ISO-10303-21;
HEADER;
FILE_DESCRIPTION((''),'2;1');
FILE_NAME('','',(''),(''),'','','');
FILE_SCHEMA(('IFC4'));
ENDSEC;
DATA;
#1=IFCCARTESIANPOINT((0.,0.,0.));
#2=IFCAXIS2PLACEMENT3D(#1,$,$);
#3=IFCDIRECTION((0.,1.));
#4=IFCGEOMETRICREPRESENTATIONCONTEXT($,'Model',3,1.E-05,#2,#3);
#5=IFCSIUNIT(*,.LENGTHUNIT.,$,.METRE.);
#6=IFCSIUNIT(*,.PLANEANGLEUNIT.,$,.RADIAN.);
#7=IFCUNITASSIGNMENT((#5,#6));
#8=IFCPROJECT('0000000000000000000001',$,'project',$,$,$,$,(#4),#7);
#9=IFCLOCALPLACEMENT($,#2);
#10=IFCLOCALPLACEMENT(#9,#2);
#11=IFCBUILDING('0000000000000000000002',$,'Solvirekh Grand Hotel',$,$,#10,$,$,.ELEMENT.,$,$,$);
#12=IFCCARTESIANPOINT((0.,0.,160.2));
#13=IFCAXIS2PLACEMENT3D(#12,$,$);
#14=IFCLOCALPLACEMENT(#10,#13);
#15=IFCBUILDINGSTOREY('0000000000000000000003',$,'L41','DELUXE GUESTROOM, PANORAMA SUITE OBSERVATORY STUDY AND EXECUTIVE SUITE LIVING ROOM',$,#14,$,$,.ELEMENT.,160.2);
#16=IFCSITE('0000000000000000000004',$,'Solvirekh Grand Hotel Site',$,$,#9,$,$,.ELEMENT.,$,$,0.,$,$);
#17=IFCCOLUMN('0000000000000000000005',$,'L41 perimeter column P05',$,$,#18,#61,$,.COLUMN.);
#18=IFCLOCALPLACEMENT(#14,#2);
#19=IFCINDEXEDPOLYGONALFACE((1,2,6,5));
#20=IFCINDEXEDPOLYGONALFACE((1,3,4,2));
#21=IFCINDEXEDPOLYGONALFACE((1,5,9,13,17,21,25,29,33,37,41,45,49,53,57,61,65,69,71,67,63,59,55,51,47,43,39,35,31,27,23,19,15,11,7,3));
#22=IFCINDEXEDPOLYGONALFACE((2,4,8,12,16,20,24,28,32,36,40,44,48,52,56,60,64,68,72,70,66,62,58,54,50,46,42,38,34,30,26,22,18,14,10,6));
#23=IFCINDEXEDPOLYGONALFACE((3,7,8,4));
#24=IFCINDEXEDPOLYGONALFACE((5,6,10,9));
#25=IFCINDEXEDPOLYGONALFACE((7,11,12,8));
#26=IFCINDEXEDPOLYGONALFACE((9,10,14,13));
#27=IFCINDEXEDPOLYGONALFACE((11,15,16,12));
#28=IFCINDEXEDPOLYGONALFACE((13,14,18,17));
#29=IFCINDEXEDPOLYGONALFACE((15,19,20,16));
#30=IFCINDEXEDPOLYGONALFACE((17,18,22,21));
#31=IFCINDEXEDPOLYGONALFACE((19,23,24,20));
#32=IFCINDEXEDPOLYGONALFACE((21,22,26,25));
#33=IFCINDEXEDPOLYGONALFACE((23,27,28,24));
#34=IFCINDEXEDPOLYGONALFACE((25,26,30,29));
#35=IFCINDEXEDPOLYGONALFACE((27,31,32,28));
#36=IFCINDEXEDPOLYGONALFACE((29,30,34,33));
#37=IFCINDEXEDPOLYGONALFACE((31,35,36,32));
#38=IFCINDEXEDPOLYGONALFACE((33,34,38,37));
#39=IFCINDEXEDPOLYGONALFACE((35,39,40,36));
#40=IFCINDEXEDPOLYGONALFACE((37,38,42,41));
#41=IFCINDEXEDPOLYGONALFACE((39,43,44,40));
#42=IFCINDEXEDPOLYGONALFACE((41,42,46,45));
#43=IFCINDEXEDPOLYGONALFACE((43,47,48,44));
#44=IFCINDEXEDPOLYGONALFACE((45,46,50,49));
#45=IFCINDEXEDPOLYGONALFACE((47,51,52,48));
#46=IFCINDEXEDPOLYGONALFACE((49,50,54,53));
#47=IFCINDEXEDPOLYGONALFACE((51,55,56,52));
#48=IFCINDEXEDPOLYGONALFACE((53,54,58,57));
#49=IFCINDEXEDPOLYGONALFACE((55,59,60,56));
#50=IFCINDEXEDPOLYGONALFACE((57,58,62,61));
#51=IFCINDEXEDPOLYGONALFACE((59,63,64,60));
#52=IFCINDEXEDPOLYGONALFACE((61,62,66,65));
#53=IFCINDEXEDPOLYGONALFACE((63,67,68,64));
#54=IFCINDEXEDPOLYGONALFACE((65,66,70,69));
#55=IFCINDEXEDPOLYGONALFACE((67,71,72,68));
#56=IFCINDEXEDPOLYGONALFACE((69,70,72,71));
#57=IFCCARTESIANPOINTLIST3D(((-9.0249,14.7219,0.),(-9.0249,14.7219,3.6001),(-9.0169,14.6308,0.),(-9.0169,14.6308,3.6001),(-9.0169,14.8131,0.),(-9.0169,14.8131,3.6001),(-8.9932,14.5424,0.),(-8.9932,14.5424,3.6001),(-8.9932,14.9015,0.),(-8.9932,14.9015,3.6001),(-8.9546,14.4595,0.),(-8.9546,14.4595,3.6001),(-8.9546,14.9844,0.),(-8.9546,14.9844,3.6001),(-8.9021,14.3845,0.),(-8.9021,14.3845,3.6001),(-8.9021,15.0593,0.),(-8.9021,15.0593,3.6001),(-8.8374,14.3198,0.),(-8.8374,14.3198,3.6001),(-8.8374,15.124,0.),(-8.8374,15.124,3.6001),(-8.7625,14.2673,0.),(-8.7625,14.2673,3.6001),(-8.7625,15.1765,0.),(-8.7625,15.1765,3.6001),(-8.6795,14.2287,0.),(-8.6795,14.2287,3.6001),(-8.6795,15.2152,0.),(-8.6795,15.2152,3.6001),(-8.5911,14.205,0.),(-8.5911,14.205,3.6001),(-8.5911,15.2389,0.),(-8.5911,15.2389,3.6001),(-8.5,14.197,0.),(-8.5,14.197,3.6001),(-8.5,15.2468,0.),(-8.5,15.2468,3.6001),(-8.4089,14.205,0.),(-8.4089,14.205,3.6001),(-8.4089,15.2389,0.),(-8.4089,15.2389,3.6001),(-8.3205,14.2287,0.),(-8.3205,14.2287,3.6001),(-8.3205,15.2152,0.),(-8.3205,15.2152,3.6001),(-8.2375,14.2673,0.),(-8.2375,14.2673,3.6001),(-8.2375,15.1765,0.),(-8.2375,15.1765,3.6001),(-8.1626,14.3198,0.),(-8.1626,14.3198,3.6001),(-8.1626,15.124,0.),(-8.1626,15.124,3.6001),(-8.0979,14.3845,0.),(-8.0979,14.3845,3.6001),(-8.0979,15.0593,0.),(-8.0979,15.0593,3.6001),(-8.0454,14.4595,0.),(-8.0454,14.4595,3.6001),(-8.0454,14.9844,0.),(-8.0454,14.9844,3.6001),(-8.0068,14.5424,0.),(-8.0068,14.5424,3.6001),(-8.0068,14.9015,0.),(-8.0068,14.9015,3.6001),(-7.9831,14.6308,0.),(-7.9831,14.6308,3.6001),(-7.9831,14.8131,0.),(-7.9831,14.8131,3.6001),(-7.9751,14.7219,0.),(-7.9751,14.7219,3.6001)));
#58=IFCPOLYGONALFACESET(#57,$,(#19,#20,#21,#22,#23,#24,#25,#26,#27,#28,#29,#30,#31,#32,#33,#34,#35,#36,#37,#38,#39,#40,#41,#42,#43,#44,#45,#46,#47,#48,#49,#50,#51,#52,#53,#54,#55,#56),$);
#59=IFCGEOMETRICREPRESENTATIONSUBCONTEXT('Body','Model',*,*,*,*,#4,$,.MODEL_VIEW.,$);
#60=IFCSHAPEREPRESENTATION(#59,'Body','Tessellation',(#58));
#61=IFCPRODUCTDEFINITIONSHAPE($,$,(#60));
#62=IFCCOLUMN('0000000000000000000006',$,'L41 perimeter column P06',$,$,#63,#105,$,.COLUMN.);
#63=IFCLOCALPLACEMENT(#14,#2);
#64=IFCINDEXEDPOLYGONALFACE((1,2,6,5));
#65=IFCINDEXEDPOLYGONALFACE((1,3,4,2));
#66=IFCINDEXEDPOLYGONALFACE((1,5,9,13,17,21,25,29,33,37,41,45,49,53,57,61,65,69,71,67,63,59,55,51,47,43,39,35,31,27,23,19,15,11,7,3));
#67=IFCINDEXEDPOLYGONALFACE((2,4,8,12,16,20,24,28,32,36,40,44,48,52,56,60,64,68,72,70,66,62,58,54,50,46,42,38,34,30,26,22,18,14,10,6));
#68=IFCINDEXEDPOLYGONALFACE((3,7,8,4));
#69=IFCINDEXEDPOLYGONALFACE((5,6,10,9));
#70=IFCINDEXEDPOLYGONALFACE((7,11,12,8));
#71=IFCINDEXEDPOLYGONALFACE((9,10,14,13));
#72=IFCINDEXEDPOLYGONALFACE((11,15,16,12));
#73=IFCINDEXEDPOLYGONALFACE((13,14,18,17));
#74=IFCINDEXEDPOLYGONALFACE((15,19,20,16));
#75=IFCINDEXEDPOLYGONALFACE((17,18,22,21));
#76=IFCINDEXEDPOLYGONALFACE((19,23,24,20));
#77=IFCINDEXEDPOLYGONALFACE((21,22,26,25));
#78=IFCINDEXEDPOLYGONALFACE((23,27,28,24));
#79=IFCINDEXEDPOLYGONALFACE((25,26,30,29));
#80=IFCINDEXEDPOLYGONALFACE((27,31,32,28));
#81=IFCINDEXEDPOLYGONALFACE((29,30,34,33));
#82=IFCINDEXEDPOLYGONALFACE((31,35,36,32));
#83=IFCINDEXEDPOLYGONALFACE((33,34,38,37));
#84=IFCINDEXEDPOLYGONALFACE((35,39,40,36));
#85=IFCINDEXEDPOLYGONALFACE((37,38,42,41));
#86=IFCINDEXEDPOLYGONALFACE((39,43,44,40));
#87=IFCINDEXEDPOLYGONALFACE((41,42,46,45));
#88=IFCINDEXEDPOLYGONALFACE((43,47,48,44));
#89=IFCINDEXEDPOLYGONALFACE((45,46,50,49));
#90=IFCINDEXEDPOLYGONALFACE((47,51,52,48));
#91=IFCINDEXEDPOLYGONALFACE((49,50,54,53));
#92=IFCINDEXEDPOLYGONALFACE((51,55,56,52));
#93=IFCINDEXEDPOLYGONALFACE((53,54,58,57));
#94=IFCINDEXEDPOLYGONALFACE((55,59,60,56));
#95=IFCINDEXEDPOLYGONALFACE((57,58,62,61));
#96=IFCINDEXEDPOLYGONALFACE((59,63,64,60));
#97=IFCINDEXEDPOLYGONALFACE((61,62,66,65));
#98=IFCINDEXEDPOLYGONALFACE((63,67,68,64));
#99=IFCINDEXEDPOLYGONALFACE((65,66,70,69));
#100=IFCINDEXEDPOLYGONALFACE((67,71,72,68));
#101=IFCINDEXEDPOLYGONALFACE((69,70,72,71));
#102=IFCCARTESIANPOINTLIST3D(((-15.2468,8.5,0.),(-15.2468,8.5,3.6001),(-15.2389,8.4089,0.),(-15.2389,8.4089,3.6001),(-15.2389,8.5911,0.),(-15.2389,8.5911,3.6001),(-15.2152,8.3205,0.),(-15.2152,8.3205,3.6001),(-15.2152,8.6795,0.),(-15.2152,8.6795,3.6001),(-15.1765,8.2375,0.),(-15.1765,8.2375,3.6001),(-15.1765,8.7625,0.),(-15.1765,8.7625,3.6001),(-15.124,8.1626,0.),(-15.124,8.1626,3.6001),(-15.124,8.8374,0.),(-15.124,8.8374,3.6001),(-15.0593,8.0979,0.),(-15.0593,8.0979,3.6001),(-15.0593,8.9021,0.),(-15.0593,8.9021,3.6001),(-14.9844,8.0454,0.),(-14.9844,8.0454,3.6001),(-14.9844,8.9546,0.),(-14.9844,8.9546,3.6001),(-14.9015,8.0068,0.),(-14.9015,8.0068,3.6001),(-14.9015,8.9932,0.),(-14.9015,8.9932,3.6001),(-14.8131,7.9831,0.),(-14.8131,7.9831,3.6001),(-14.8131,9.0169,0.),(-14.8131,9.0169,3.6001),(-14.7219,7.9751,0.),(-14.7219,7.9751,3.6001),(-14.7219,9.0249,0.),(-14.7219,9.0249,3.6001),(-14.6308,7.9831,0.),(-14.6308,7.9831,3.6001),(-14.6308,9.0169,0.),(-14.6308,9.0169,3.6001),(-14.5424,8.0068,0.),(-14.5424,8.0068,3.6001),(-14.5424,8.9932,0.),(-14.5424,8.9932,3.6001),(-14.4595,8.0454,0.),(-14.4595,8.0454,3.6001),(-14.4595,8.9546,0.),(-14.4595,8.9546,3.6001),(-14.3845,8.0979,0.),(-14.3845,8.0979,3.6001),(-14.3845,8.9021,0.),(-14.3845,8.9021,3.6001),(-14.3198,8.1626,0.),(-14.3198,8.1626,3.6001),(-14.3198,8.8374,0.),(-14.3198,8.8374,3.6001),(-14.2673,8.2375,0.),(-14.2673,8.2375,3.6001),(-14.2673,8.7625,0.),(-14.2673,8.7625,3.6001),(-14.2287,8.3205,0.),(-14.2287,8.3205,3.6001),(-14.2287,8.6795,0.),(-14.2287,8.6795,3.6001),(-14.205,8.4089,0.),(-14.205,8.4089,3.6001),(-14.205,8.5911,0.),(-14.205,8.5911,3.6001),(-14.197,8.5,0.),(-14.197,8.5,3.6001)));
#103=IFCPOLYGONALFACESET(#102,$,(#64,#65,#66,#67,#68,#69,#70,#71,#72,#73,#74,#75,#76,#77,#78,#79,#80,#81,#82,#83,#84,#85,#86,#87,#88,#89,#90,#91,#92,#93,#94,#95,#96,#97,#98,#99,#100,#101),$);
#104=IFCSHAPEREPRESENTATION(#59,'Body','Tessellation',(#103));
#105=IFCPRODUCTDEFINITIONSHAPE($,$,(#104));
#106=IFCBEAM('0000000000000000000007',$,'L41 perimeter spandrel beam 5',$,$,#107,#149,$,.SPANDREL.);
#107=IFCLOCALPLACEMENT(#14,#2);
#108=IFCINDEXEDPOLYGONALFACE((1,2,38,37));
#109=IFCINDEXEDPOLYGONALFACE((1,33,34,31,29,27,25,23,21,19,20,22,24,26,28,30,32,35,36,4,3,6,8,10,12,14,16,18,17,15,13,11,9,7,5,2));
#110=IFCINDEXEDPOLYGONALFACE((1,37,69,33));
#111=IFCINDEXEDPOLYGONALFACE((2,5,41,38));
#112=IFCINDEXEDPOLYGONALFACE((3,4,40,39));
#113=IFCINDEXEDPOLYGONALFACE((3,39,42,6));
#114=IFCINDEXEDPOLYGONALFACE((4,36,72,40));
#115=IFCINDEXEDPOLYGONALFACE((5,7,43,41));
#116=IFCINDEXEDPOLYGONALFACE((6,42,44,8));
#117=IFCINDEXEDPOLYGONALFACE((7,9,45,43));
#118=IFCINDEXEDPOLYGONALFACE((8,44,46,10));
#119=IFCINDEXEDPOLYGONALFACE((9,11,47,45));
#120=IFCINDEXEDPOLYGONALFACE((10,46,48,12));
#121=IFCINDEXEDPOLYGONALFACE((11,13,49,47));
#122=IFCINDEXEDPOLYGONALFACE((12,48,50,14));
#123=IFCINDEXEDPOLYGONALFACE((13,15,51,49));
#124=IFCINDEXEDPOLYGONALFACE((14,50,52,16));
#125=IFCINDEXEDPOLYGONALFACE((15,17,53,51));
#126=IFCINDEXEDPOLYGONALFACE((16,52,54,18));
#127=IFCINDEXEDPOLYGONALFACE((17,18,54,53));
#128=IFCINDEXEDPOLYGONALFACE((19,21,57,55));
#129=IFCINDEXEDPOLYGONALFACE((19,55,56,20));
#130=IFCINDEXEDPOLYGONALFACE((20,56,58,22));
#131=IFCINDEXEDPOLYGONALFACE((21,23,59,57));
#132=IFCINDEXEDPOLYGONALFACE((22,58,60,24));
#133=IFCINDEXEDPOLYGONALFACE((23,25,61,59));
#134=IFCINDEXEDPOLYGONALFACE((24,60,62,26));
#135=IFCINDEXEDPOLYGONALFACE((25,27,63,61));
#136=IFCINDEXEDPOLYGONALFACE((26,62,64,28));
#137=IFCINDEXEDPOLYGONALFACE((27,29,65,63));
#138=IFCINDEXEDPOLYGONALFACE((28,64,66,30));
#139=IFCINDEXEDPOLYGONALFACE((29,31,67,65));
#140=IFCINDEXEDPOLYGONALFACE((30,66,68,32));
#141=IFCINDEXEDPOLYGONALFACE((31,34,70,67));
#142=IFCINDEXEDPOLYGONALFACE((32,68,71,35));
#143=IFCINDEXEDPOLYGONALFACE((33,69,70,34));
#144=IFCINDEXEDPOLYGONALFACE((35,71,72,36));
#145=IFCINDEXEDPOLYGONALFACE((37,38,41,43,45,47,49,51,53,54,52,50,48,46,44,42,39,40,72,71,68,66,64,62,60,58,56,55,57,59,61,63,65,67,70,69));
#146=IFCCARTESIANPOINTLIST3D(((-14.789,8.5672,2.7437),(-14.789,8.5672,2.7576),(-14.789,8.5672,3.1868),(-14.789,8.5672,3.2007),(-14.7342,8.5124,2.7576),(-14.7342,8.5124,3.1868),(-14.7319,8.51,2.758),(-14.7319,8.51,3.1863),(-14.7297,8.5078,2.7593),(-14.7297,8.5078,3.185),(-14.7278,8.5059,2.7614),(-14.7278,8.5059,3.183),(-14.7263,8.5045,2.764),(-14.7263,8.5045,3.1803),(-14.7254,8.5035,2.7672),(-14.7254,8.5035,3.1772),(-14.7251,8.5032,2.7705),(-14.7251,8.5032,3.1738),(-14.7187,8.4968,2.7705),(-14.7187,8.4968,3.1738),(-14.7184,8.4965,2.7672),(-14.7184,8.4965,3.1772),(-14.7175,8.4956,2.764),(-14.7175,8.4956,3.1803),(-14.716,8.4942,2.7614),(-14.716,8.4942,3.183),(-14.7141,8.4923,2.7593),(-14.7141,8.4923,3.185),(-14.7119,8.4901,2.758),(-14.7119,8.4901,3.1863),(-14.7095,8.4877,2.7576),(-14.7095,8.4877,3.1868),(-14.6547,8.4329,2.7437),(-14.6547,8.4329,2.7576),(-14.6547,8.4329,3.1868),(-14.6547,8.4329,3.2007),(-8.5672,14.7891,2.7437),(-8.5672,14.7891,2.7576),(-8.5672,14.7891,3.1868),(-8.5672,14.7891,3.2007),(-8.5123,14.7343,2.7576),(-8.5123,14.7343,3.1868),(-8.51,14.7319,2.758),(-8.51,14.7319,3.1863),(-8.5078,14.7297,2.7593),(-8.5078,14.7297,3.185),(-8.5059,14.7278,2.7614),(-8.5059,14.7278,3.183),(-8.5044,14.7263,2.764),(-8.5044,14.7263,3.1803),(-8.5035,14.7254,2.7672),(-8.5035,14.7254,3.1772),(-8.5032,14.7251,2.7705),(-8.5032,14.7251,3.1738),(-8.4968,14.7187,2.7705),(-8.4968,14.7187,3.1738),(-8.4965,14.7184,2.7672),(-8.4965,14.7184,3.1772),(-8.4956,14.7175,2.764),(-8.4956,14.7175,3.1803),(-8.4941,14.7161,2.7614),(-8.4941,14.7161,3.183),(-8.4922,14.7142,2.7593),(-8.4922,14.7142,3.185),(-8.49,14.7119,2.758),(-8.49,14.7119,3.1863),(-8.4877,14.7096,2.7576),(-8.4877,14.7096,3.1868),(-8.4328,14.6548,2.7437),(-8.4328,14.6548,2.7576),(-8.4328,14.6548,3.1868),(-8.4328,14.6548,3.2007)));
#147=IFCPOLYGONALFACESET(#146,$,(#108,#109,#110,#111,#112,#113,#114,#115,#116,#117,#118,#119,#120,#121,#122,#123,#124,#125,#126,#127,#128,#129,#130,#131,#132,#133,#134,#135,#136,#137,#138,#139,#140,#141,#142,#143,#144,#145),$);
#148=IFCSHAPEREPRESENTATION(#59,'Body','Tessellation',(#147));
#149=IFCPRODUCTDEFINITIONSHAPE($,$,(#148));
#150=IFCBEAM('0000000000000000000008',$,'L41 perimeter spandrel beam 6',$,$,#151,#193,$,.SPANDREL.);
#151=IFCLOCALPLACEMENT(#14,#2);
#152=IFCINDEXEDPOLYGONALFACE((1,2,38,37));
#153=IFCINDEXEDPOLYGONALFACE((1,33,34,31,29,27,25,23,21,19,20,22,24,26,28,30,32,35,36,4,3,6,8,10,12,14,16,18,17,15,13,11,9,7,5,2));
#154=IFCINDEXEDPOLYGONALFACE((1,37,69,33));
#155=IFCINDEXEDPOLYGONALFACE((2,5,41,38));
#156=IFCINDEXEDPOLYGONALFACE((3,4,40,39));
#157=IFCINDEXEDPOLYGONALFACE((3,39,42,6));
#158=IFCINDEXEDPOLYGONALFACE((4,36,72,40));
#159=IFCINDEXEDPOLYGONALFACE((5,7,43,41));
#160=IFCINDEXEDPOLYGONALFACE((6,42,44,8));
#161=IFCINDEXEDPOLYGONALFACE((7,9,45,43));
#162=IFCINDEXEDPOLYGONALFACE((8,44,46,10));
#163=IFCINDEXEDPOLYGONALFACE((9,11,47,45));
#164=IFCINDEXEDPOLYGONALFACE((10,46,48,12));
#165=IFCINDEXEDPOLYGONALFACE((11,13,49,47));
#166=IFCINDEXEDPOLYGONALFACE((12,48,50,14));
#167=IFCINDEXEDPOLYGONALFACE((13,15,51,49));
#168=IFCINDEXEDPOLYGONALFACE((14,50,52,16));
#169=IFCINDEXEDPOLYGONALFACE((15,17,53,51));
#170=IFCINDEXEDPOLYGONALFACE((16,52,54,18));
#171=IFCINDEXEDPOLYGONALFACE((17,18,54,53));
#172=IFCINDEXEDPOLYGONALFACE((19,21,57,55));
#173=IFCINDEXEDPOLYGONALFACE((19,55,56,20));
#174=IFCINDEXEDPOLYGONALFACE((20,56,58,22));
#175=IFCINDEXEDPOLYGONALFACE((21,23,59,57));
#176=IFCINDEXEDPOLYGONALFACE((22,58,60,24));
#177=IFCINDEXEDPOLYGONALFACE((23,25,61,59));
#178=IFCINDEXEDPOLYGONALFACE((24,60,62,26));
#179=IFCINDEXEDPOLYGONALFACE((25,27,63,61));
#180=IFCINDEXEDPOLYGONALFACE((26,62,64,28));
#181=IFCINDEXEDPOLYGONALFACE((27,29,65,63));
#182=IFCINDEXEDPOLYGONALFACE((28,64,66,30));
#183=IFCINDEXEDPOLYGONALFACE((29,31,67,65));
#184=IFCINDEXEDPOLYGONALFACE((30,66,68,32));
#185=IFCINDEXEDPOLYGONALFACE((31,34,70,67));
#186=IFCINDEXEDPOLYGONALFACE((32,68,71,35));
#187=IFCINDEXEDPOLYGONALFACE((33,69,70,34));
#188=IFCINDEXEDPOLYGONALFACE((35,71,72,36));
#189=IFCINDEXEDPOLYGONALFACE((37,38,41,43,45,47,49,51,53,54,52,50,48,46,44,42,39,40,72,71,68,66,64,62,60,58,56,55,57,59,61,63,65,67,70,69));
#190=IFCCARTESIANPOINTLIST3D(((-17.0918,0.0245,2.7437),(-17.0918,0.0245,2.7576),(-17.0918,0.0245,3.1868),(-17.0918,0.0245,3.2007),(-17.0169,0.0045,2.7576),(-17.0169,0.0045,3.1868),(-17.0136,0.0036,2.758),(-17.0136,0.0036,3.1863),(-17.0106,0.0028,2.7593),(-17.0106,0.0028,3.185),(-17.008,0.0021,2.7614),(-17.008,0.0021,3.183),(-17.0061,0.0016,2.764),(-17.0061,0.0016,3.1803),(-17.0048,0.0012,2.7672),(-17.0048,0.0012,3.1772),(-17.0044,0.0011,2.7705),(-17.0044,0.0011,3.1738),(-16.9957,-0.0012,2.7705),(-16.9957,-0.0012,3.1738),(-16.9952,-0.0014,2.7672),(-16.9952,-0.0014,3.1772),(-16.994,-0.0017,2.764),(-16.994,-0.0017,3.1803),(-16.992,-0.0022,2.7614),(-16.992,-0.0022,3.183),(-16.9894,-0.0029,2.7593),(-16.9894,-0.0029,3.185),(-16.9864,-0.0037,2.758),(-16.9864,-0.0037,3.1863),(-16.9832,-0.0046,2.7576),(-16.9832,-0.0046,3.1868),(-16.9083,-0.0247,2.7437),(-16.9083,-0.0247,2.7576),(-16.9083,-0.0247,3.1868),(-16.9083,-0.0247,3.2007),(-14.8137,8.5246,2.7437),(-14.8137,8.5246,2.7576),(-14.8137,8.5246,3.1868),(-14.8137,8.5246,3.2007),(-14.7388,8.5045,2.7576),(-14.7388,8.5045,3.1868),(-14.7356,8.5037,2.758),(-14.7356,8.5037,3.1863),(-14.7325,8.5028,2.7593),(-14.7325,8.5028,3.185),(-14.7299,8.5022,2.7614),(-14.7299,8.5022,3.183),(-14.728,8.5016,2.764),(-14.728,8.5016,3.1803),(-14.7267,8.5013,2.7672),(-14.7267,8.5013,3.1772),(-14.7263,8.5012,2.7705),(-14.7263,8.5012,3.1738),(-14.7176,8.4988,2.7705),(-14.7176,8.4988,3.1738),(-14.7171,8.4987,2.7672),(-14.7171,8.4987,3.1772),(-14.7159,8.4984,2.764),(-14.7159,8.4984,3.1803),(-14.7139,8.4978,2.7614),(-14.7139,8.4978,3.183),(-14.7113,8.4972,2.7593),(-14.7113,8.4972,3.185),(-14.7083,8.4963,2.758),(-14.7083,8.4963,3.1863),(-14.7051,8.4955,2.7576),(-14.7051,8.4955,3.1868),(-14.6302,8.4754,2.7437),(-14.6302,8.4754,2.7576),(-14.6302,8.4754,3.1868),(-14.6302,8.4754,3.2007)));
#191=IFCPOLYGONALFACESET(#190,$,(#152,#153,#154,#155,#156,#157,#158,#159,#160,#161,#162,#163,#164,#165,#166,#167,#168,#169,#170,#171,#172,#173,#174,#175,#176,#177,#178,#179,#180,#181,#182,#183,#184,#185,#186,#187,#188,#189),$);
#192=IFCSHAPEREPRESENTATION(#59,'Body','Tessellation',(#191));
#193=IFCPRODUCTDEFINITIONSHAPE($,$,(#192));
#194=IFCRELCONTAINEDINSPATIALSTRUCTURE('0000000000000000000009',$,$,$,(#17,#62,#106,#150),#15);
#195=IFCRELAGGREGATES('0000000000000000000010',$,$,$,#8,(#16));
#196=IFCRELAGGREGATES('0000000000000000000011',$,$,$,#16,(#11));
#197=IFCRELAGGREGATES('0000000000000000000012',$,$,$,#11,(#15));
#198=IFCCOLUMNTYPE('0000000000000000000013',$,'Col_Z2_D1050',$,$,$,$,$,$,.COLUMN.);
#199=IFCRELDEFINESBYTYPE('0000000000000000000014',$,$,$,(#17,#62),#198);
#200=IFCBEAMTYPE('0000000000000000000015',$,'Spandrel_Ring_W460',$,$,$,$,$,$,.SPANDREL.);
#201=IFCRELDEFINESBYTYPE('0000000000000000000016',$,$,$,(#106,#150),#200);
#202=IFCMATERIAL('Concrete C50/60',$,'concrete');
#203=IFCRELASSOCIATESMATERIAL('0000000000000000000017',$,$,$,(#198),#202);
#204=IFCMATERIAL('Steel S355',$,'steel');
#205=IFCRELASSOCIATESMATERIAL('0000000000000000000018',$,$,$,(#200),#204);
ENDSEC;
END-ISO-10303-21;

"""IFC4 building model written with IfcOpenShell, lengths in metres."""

from ifc_helpers import new_model, si_unit, direction, frame, origin, origin_2d, place, context, subcontext, project, spatial, circle, i_section, extrude, material, material_profile, profile_set, type_object, element, save


model = new_model("IFC4")

# Units and contexts
model_context = context("Model", 3, precision=1e-05, world=origin(), true_north=direction((0.0, 1.0)))
body_context = subcontext(model_context, "Body", "Model", "MODEL_VIEW")
ifc_project = project(units=[si_unit("LENGTHUNIT", "METRE"), si_unit("PLANEANGLEUNIT", "RADIAN")], contexts=[model_context])

# Site, building, storey
site_placement = place(None, origin())
site = spatial("IfcSite", under=ifc_project, at=site_placement, Name="Solvirekh Grand Hotel Site", CompositionType="ELEMENT", RefElevation=0.0)
building_placement = place(site_placement, origin())
building = spatial("IfcBuilding", under=site, at=building_placement, Name="Solvirekh Grand Hotel", CompositionType="ELEMENT")
storey_placement = place(building_placement, frame((0.0, 0.0, 160.2)))
storey = spatial("IfcBuildingStorey", under=building, at=storey_placement, Name="L41", Description="DELUXE GUESTROOM, PANORAMA SUITE OBSERVATORY STUDY AND EXECUTIVE SUITE LIVING ROOM", CompositionType="ELEMENT", Elevation=160.2)

# Columns
ifc_material_1 = material(Name="Concrete C50/60", Category="concrete")
ifc_material_profile_1 = material_profile(ifc_material_1, circle(Radius=0.5249, at=origin_2d()), Name="RC CIRC D1050")
ifc_profile_set_1 = profile_set([ifc_material_profile_1], Name="Concrete C50/60")
column_type = type_object("IfcColumnType", Name="Col_Z2_D1050", PredefinedType="COLUMN", material=ifc_profile_set_1)
for number, where, z_axis, x_axis, name in (
    (1, (-8.5, 14.7219, 0.0), (0.0, 0.0, 1.0), (1.0, 0.0, 0.0), "L41 perimeter column P05"),
    (2, (-14.7219, 8.5, 0.0), (0.0, 0.0, 1.0), (1.0, 0.0, 0.0), "L41 perimeter column P06"),
):
    element("IfcColumn", number, at=place(storey_placement, frame(where, z_axis=z_axis, x_axis=x_axis)), inside=storey, type_object=column_type, Name=name, PredefinedType="COLUMN", context=body_context, shape_type="SweptSolid", body=[
        extrude(circle(Radius=0.5249, at=origin_2d()), origin(), (0.0, 0.0, 1.0), 3.6001),
    ])

# Beams
ifc_material_2 = material(Name="Steel S355", Category="steel")
ifc_material_profile_2 = material_profile(ifc_material_2, i_section(OverallWidth=0.1899, OverallDepth=0.457, WebThickness=0.009, FlangeThickness=0.0139, FilletRadius=0.0129, at=origin_2d()), Name="W460X74")
ifc_profile_set_2 = profile_set([ifc_material_profile_2], Name="Steel S355")
beam_type = type_object("IfcBeamType", Name="Spandrel_Ring_W460", PredefinedType="SPANDREL", material=ifc_profile_set_2)
beam_1_placement = place(storey_placement, frame((-8.5, 14.7219, 2.9722), z_axis=(-0.707107, -0.707107, 0.0), x_axis=(0.707107, -0.707107, 0.0)))
element("IfcBeam", 3, at=beam_1_placement, inside=storey, type_object=beam_type, Name="L41 perimeter spandrel beam 5", PredefinedType="SPANDREL", context=body_context, shape_type="SweptSolid", body=[
    extrude(i_section(OverallWidth=0.1899, OverallDepth=0.457, WebThickness=0.009, FlangeThickness=0.0139, FilletRadius=0.0129, at=origin_2d()), origin(), (0.0, 0.0, 1.0), 8.7991),
])
beam_2_placement = place(storey_placement, frame((-14.7219, 8.5, 2.9722), z_axis=(-0.258873, -0.965911, 0.0), x_axis=(0.965911, -0.258873, 0.0)))
element("IfcBeam", 4, at=beam_2_placement, inside=storey, type_object=beam_type, Name="L41 perimeter spandrel beam 6", PredefinedType="SPANDREL", context=body_context, shape_type="SweptSolid", body=[
    extrude(i_section(OverallWidth=0.1899, OverallDepth=0.457, WebThickness=0.009, FlangeThickness=0.0139, FilletRadius=0.0129, at=origin_2d()), origin(), (0.0, 0.0, 1.0), 8.8),
])

save(model, "model.ifc")
